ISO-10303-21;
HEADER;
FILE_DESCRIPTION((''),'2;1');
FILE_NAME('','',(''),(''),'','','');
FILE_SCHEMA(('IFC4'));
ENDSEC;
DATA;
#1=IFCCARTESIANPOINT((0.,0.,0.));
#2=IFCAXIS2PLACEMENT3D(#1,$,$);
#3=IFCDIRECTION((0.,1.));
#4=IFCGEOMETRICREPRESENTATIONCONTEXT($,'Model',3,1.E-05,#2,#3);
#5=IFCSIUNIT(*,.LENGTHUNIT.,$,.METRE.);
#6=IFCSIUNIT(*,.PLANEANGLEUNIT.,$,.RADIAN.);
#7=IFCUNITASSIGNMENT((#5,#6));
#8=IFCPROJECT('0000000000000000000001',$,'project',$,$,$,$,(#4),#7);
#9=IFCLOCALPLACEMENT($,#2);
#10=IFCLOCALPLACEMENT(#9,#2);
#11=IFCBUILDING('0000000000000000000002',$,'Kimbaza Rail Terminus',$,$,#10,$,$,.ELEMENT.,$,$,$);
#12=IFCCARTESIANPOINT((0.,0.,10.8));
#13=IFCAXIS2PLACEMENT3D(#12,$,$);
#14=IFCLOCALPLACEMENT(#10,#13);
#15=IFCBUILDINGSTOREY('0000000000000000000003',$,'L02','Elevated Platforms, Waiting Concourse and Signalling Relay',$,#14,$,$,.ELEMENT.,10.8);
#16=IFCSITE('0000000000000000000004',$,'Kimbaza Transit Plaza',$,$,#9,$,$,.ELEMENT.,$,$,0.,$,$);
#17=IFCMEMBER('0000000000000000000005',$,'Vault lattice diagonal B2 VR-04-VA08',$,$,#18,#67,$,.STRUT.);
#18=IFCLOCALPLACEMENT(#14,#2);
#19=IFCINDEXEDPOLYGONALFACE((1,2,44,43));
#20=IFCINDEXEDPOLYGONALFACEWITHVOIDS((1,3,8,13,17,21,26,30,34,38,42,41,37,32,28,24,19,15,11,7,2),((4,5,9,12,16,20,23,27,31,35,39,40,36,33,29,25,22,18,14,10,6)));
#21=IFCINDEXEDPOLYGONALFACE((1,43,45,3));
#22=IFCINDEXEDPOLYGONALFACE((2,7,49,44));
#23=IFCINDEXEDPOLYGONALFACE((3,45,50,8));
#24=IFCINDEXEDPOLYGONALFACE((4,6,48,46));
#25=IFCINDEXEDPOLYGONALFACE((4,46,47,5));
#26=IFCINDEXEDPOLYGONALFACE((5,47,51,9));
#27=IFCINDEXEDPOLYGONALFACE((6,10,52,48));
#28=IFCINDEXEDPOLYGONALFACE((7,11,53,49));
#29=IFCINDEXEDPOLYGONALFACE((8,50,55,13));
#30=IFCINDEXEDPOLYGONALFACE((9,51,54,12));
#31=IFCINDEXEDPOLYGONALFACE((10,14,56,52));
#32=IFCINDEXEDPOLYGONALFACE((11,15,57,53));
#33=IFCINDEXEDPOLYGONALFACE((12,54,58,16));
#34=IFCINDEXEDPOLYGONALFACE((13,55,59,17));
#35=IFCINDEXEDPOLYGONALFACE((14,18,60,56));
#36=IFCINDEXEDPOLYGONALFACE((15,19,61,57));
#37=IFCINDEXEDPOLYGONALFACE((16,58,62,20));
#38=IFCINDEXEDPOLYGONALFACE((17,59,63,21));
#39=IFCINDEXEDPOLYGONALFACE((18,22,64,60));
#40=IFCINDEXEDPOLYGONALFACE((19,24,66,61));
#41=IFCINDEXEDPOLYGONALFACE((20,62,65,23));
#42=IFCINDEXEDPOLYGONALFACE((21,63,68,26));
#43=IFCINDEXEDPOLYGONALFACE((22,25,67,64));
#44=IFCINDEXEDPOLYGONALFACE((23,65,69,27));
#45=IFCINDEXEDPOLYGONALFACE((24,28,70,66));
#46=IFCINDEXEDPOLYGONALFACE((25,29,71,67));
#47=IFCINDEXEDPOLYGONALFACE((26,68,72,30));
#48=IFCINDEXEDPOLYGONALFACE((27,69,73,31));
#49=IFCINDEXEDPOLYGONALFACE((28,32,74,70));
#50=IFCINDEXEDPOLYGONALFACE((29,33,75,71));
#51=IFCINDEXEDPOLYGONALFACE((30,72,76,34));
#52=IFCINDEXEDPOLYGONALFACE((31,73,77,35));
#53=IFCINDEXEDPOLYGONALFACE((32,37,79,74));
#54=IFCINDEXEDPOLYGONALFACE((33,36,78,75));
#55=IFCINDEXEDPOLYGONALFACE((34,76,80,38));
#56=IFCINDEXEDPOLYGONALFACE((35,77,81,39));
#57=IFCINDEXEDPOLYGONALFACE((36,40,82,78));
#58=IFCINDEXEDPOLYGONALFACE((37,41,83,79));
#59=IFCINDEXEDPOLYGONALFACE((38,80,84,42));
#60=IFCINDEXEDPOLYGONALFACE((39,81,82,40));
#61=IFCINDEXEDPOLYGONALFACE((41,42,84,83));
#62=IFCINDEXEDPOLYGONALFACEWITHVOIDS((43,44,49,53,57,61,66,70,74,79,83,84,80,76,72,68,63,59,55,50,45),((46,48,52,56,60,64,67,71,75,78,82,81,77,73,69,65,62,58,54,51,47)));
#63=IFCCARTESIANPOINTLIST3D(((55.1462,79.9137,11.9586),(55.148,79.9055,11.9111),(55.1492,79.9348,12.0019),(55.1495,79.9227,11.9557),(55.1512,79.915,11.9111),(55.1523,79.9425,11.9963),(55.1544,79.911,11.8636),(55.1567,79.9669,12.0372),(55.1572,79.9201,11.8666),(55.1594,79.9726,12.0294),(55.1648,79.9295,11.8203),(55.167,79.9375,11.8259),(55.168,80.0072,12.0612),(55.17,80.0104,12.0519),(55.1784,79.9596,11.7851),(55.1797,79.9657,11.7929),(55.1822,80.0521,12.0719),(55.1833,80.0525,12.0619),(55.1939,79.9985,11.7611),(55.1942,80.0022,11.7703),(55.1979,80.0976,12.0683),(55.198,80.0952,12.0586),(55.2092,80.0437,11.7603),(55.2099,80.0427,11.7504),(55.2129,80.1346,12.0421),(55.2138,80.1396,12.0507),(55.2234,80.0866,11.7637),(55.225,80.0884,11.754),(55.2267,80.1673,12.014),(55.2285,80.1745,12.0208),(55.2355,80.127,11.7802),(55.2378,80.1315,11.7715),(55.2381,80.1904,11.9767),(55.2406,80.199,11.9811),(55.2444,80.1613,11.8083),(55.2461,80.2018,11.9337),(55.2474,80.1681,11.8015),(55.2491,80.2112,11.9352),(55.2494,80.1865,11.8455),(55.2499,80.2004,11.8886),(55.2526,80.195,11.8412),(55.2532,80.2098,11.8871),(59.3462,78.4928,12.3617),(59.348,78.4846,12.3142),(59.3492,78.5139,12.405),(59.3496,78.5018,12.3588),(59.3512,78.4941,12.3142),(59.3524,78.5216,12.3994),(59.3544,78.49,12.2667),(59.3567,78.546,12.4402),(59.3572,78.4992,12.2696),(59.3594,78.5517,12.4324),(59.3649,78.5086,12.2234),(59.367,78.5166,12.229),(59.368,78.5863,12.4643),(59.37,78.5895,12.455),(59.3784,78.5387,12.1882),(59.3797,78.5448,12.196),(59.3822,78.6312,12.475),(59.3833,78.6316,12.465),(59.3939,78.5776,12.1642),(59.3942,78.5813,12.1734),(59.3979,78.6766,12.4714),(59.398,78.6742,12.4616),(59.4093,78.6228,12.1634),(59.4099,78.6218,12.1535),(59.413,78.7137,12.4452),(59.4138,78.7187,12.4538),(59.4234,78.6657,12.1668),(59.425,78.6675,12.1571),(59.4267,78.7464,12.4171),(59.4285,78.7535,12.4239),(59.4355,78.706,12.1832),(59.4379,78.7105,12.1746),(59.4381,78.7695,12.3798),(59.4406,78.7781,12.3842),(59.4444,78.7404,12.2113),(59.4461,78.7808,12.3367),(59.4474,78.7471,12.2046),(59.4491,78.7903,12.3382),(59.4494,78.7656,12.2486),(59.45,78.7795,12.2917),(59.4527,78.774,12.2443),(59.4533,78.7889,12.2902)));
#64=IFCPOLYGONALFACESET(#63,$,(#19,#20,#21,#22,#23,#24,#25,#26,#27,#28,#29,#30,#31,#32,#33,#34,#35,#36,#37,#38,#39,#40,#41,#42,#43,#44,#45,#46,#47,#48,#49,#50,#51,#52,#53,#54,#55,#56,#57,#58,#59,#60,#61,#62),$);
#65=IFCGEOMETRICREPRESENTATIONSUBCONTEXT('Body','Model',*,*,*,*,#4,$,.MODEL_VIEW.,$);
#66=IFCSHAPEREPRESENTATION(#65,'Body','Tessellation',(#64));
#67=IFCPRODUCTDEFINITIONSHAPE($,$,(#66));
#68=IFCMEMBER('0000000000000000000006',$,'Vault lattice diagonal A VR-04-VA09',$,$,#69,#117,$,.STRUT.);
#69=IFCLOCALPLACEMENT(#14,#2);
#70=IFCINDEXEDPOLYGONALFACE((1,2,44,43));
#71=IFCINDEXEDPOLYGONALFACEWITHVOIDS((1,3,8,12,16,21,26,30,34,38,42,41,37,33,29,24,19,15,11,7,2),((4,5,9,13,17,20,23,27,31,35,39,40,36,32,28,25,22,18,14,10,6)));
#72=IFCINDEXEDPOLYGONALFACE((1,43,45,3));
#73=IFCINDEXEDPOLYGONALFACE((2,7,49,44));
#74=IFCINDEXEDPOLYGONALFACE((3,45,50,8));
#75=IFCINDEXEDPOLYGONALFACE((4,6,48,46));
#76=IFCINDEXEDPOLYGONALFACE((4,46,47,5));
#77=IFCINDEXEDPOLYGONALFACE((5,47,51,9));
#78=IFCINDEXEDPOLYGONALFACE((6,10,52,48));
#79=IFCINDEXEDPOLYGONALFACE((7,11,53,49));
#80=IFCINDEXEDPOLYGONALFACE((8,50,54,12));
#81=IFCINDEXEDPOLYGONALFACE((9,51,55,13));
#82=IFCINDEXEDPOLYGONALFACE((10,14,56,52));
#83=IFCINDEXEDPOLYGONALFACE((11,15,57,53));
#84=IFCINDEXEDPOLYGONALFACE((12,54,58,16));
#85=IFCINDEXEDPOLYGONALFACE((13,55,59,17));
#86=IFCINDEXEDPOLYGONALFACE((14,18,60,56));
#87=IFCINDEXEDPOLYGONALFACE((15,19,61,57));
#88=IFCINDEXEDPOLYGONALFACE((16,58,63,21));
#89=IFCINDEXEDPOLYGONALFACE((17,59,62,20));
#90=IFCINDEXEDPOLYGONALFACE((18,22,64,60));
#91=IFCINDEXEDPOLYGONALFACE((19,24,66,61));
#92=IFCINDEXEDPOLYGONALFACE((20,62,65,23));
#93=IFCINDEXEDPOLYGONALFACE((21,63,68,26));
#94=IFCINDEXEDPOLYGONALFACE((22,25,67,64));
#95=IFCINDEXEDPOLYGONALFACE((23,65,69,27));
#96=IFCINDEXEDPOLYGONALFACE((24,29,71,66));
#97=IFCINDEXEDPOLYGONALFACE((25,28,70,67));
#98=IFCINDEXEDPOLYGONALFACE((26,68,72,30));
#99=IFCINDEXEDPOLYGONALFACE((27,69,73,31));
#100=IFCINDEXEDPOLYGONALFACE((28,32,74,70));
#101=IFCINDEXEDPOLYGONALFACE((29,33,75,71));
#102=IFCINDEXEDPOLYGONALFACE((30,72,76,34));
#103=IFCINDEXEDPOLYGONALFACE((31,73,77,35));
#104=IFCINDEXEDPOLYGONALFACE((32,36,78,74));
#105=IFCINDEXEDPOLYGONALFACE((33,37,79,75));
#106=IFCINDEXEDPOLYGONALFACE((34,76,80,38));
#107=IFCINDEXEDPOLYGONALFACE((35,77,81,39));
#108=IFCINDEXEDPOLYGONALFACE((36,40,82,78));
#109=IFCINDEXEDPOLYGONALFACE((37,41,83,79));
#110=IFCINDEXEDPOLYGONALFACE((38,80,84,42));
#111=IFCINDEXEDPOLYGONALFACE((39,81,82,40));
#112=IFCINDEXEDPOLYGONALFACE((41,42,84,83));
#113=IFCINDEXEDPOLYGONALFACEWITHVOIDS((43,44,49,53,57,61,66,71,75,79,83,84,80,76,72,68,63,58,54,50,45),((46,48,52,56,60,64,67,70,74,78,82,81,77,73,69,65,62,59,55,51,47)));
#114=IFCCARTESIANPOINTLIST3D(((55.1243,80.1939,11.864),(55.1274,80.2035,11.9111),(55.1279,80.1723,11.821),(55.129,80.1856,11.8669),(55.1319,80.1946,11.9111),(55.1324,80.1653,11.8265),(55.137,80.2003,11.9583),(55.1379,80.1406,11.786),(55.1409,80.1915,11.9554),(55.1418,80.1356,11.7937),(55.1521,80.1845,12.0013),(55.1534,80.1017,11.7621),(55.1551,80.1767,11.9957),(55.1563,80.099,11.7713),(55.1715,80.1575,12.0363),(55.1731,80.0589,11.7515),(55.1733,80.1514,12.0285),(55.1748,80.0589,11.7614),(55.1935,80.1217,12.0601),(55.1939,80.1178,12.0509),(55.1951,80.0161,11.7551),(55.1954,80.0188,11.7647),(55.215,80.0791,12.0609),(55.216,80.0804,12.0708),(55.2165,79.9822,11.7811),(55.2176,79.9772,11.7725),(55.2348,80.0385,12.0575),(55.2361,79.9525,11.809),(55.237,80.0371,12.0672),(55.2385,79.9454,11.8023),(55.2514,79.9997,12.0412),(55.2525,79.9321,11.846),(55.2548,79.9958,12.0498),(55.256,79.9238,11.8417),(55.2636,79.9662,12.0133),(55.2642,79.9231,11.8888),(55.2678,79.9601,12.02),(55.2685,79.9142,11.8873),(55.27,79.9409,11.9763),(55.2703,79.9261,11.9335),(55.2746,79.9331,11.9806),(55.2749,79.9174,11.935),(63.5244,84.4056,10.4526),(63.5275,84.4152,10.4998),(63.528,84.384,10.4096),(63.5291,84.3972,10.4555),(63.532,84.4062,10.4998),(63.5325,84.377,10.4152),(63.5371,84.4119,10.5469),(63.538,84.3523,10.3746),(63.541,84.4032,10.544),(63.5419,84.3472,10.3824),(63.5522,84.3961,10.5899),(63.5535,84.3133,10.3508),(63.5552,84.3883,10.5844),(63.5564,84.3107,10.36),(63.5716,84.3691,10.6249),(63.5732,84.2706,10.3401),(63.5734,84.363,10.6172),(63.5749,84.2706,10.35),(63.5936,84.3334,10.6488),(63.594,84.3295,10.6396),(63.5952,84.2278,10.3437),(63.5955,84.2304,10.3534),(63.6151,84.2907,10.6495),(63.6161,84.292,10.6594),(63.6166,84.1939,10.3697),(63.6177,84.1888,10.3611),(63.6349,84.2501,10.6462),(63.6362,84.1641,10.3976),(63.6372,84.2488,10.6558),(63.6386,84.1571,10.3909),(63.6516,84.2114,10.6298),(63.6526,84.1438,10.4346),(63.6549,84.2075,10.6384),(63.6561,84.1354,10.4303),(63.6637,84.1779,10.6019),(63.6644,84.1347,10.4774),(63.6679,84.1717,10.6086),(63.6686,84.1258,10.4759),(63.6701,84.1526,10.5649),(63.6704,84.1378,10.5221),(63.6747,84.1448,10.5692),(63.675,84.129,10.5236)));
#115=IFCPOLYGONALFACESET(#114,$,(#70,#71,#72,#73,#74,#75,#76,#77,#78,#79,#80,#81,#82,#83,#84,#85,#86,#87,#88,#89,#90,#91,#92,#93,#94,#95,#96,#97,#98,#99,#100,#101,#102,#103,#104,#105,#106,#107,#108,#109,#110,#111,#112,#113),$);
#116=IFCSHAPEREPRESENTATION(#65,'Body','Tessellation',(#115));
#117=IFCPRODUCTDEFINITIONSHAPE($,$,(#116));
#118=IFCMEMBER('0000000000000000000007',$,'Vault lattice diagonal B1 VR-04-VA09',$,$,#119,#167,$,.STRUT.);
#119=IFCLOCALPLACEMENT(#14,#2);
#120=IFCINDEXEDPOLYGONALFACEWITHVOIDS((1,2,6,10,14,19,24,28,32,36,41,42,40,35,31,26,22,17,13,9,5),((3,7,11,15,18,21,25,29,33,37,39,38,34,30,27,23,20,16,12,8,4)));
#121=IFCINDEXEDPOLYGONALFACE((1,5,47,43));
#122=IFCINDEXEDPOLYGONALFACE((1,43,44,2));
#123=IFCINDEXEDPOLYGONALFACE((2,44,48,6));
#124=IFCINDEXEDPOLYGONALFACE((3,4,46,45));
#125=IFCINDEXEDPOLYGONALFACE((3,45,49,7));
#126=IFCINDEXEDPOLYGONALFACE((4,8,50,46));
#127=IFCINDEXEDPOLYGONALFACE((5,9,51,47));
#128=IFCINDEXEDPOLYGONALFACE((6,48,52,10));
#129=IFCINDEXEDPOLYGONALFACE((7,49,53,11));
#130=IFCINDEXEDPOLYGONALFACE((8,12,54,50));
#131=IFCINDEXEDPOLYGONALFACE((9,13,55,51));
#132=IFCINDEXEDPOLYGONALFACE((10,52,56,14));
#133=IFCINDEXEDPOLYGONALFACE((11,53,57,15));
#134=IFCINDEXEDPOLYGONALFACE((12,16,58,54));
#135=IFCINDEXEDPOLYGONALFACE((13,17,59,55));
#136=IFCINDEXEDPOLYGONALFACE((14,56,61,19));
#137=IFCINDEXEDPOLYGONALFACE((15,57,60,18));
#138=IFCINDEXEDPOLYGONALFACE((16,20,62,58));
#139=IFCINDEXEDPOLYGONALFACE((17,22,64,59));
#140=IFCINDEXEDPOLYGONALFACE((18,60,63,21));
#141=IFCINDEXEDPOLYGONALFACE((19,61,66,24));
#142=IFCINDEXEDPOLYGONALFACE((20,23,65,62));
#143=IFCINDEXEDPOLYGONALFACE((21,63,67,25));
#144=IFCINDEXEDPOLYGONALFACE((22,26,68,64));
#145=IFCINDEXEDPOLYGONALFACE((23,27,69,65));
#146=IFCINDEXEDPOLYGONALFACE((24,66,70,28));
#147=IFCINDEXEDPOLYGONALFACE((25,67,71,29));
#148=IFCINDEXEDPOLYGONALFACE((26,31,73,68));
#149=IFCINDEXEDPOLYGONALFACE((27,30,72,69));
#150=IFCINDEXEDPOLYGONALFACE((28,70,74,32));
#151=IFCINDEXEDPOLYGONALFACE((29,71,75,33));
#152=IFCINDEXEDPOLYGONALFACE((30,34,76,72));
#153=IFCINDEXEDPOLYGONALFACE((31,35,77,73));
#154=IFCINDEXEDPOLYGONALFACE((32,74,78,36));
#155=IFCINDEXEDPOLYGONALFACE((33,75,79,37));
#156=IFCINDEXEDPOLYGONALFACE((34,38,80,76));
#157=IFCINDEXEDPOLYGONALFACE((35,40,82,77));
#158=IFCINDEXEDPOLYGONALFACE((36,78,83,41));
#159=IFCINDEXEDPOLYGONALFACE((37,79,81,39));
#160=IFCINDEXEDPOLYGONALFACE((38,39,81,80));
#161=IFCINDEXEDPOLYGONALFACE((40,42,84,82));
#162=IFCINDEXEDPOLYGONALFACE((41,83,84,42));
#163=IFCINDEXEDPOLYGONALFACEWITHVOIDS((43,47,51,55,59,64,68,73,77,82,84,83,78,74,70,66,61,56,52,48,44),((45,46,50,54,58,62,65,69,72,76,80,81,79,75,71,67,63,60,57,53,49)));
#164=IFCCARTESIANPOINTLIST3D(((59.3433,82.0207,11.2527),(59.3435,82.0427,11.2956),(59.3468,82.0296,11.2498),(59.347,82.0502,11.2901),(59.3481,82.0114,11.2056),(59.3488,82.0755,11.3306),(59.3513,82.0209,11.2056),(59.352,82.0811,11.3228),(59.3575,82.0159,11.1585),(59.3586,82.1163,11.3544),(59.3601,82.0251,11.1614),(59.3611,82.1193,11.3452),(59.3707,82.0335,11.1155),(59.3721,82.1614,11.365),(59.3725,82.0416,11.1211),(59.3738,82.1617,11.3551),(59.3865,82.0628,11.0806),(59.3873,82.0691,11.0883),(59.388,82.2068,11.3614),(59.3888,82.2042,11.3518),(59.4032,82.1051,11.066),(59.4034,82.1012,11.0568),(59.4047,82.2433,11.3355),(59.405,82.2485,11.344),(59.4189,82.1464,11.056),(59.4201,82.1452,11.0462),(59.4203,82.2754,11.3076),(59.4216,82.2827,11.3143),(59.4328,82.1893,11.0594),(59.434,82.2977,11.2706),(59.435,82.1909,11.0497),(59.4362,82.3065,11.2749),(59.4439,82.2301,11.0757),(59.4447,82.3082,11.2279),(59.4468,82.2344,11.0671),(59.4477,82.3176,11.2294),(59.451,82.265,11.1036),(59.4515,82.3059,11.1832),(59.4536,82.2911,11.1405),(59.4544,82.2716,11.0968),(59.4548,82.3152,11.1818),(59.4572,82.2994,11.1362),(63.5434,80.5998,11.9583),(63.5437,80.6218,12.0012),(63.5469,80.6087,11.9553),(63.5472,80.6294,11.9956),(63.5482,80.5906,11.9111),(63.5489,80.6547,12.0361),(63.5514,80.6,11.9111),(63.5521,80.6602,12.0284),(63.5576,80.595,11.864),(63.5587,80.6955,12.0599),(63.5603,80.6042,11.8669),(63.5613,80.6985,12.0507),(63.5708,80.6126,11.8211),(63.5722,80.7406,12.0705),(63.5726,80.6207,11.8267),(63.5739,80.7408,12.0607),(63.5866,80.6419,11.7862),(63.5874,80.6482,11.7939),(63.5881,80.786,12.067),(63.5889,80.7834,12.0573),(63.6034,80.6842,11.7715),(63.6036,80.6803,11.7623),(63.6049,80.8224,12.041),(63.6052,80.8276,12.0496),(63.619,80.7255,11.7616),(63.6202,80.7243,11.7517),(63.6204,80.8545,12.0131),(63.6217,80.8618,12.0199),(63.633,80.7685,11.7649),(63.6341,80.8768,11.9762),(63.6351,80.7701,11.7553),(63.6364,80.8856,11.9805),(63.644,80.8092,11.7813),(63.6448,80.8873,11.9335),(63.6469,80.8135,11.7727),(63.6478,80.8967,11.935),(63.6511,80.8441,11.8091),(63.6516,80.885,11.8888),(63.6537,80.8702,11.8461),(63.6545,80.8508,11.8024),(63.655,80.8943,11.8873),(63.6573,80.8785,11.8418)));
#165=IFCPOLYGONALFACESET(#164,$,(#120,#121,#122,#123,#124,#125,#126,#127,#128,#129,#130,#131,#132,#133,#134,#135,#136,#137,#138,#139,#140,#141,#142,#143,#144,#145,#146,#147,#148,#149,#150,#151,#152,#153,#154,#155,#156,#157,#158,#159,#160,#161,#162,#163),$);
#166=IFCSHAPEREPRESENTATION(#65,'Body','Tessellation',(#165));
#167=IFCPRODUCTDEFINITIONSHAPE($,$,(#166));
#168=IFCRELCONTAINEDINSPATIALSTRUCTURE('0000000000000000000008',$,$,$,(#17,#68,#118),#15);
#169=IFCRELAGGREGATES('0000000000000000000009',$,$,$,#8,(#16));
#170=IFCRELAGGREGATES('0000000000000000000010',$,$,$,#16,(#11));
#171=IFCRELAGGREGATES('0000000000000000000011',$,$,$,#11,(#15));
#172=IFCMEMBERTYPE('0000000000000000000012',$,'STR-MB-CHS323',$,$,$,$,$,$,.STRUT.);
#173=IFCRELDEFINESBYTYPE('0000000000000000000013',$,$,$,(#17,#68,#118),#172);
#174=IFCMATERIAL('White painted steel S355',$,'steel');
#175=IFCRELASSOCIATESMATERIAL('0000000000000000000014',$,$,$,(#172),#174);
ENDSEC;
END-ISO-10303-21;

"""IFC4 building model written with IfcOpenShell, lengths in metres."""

from ifc_helpers import new_model, si_unit, direction, frame, origin, origin_2d, place, context, subcontext, project, spatial, hollow_circle, extrude, material, material_profile, profile_set, type_object, element, save


model = new_model("IFC4")

# Units and contexts
model_context = context("Model", 3, precision=1e-05, world=origin(), true_north=direction((0.0, 1.0)))
body_context = subcontext(model_context, "Body", "Model", "MODEL_VIEW")
ifc_project = project(units=[si_unit("LENGTHUNIT", "METRE"), si_unit("PLANEANGLEUNIT", "RADIAN")], contexts=[model_context])

# Site, building, storey
site_placement = place(None, origin())
site = spatial("IfcSite", under=ifc_project, at=site_placement, Name="Kimbaza Transit Plaza", CompositionType="ELEMENT", RefElevation=0.0)
building_placement = place(site_placement, origin())
building = spatial("IfcBuilding", under=site, at=building_placement, Name="Kimbaza Rail Terminus", CompositionType="ELEMENT")
storey_placement = place(building_placement, frame((0.0, 0.0, 10.8)))
storey = spatial("IfcBuildingStorey", under=building, at=storey_placement, Name="L02", Description="Elevated Platforms, Waiting Concourse and Signalling Relay", CompositionType="ELEMENT", Elevation=10.8)

# Members
ifc_material_1 = material(Name="White painted steel S355", Category="steel")
ifc_material_profile_1 = material_profile(ifc_material_1, hollow_circle(Radius=0.1619, WallThickness=0.01, at=origin_2d()), Name="CHS 323.9x10")
ifc_profile_set_1 = profile_set([ifc_material_profile_1], Name="White painted steel S355")
member_type_1 = type_object("IfcMemberType", Name="STR-MB-CHS323", PredefinedType="STRUT", material=ifc_profile_set_1)
for number, where, z_axis, x_axis, name in (
    (1, (59.3999, 78.6379, 12.3142), (-0.943368, 0.319154, -0.090537), (-0.32047, -0.947259, 0.0), "Vault lattice diagonal B2 VR-04-VA08"),
):
    element("IfcMember", number, at=place(storey_placement, frame(where, z_axis=z_axis, x_axis=x_axis)), inside=storey, type_object=member_type_1, Name=name, PredefinedType="STRUT", context=body_context, shape_type="SweptSolid", body=[
        extrude(hollow_circle(Radius=0.1619, WallThickness=0.01, at=origin_2d()), origin(), (0.0, 0.0, 1.0), 4.4521),
    ])
member_1_placement = place(storey_placement, frame((55.2, 80.0588, 11.9111), z_axis=(0.884017, 0.443229, -0.148531), x_axis=(-0.448201, 0.893933, 0.0)))
element("IfcMember", 2, at=member_1_placement, inside=storey, type_object=member_type_1, Name="Vault lattice diagonal A VR-04-VA09", PredefinedType="STRUT", context=body_context, shape_type="SweptSolid", body=[
    extrude(hollow_circle(Radius=0.1619, WallThickness=0.01, at=origin_2d()), origin(), (0.0, 0.0, 1.0), 9.5022),
])
member_2_placement = place(storey_placement, frame((63.6001, 80.7439, 11.9111), z_axis=(-0.935495, 0.316472, -0.157148), x_axis=(-0.320453, -0.947264, 0.0)))
element("IfcMember", 3, at=member_2_placement, inside=storey, type_object=member_type_1, Name="Vault lattice diagonal B1 VR-04-VA09", PredefinedType="STRUT", context=body_context, shape_type="SweptSolid", body=[
    extrude(hollow_circle(Radius=0.1619, WallThickness=0.01, at=origin_2d()), origin(), (0.0, 0.0, 1.0), 4.4897),
])

save(model, "model.ifc")
